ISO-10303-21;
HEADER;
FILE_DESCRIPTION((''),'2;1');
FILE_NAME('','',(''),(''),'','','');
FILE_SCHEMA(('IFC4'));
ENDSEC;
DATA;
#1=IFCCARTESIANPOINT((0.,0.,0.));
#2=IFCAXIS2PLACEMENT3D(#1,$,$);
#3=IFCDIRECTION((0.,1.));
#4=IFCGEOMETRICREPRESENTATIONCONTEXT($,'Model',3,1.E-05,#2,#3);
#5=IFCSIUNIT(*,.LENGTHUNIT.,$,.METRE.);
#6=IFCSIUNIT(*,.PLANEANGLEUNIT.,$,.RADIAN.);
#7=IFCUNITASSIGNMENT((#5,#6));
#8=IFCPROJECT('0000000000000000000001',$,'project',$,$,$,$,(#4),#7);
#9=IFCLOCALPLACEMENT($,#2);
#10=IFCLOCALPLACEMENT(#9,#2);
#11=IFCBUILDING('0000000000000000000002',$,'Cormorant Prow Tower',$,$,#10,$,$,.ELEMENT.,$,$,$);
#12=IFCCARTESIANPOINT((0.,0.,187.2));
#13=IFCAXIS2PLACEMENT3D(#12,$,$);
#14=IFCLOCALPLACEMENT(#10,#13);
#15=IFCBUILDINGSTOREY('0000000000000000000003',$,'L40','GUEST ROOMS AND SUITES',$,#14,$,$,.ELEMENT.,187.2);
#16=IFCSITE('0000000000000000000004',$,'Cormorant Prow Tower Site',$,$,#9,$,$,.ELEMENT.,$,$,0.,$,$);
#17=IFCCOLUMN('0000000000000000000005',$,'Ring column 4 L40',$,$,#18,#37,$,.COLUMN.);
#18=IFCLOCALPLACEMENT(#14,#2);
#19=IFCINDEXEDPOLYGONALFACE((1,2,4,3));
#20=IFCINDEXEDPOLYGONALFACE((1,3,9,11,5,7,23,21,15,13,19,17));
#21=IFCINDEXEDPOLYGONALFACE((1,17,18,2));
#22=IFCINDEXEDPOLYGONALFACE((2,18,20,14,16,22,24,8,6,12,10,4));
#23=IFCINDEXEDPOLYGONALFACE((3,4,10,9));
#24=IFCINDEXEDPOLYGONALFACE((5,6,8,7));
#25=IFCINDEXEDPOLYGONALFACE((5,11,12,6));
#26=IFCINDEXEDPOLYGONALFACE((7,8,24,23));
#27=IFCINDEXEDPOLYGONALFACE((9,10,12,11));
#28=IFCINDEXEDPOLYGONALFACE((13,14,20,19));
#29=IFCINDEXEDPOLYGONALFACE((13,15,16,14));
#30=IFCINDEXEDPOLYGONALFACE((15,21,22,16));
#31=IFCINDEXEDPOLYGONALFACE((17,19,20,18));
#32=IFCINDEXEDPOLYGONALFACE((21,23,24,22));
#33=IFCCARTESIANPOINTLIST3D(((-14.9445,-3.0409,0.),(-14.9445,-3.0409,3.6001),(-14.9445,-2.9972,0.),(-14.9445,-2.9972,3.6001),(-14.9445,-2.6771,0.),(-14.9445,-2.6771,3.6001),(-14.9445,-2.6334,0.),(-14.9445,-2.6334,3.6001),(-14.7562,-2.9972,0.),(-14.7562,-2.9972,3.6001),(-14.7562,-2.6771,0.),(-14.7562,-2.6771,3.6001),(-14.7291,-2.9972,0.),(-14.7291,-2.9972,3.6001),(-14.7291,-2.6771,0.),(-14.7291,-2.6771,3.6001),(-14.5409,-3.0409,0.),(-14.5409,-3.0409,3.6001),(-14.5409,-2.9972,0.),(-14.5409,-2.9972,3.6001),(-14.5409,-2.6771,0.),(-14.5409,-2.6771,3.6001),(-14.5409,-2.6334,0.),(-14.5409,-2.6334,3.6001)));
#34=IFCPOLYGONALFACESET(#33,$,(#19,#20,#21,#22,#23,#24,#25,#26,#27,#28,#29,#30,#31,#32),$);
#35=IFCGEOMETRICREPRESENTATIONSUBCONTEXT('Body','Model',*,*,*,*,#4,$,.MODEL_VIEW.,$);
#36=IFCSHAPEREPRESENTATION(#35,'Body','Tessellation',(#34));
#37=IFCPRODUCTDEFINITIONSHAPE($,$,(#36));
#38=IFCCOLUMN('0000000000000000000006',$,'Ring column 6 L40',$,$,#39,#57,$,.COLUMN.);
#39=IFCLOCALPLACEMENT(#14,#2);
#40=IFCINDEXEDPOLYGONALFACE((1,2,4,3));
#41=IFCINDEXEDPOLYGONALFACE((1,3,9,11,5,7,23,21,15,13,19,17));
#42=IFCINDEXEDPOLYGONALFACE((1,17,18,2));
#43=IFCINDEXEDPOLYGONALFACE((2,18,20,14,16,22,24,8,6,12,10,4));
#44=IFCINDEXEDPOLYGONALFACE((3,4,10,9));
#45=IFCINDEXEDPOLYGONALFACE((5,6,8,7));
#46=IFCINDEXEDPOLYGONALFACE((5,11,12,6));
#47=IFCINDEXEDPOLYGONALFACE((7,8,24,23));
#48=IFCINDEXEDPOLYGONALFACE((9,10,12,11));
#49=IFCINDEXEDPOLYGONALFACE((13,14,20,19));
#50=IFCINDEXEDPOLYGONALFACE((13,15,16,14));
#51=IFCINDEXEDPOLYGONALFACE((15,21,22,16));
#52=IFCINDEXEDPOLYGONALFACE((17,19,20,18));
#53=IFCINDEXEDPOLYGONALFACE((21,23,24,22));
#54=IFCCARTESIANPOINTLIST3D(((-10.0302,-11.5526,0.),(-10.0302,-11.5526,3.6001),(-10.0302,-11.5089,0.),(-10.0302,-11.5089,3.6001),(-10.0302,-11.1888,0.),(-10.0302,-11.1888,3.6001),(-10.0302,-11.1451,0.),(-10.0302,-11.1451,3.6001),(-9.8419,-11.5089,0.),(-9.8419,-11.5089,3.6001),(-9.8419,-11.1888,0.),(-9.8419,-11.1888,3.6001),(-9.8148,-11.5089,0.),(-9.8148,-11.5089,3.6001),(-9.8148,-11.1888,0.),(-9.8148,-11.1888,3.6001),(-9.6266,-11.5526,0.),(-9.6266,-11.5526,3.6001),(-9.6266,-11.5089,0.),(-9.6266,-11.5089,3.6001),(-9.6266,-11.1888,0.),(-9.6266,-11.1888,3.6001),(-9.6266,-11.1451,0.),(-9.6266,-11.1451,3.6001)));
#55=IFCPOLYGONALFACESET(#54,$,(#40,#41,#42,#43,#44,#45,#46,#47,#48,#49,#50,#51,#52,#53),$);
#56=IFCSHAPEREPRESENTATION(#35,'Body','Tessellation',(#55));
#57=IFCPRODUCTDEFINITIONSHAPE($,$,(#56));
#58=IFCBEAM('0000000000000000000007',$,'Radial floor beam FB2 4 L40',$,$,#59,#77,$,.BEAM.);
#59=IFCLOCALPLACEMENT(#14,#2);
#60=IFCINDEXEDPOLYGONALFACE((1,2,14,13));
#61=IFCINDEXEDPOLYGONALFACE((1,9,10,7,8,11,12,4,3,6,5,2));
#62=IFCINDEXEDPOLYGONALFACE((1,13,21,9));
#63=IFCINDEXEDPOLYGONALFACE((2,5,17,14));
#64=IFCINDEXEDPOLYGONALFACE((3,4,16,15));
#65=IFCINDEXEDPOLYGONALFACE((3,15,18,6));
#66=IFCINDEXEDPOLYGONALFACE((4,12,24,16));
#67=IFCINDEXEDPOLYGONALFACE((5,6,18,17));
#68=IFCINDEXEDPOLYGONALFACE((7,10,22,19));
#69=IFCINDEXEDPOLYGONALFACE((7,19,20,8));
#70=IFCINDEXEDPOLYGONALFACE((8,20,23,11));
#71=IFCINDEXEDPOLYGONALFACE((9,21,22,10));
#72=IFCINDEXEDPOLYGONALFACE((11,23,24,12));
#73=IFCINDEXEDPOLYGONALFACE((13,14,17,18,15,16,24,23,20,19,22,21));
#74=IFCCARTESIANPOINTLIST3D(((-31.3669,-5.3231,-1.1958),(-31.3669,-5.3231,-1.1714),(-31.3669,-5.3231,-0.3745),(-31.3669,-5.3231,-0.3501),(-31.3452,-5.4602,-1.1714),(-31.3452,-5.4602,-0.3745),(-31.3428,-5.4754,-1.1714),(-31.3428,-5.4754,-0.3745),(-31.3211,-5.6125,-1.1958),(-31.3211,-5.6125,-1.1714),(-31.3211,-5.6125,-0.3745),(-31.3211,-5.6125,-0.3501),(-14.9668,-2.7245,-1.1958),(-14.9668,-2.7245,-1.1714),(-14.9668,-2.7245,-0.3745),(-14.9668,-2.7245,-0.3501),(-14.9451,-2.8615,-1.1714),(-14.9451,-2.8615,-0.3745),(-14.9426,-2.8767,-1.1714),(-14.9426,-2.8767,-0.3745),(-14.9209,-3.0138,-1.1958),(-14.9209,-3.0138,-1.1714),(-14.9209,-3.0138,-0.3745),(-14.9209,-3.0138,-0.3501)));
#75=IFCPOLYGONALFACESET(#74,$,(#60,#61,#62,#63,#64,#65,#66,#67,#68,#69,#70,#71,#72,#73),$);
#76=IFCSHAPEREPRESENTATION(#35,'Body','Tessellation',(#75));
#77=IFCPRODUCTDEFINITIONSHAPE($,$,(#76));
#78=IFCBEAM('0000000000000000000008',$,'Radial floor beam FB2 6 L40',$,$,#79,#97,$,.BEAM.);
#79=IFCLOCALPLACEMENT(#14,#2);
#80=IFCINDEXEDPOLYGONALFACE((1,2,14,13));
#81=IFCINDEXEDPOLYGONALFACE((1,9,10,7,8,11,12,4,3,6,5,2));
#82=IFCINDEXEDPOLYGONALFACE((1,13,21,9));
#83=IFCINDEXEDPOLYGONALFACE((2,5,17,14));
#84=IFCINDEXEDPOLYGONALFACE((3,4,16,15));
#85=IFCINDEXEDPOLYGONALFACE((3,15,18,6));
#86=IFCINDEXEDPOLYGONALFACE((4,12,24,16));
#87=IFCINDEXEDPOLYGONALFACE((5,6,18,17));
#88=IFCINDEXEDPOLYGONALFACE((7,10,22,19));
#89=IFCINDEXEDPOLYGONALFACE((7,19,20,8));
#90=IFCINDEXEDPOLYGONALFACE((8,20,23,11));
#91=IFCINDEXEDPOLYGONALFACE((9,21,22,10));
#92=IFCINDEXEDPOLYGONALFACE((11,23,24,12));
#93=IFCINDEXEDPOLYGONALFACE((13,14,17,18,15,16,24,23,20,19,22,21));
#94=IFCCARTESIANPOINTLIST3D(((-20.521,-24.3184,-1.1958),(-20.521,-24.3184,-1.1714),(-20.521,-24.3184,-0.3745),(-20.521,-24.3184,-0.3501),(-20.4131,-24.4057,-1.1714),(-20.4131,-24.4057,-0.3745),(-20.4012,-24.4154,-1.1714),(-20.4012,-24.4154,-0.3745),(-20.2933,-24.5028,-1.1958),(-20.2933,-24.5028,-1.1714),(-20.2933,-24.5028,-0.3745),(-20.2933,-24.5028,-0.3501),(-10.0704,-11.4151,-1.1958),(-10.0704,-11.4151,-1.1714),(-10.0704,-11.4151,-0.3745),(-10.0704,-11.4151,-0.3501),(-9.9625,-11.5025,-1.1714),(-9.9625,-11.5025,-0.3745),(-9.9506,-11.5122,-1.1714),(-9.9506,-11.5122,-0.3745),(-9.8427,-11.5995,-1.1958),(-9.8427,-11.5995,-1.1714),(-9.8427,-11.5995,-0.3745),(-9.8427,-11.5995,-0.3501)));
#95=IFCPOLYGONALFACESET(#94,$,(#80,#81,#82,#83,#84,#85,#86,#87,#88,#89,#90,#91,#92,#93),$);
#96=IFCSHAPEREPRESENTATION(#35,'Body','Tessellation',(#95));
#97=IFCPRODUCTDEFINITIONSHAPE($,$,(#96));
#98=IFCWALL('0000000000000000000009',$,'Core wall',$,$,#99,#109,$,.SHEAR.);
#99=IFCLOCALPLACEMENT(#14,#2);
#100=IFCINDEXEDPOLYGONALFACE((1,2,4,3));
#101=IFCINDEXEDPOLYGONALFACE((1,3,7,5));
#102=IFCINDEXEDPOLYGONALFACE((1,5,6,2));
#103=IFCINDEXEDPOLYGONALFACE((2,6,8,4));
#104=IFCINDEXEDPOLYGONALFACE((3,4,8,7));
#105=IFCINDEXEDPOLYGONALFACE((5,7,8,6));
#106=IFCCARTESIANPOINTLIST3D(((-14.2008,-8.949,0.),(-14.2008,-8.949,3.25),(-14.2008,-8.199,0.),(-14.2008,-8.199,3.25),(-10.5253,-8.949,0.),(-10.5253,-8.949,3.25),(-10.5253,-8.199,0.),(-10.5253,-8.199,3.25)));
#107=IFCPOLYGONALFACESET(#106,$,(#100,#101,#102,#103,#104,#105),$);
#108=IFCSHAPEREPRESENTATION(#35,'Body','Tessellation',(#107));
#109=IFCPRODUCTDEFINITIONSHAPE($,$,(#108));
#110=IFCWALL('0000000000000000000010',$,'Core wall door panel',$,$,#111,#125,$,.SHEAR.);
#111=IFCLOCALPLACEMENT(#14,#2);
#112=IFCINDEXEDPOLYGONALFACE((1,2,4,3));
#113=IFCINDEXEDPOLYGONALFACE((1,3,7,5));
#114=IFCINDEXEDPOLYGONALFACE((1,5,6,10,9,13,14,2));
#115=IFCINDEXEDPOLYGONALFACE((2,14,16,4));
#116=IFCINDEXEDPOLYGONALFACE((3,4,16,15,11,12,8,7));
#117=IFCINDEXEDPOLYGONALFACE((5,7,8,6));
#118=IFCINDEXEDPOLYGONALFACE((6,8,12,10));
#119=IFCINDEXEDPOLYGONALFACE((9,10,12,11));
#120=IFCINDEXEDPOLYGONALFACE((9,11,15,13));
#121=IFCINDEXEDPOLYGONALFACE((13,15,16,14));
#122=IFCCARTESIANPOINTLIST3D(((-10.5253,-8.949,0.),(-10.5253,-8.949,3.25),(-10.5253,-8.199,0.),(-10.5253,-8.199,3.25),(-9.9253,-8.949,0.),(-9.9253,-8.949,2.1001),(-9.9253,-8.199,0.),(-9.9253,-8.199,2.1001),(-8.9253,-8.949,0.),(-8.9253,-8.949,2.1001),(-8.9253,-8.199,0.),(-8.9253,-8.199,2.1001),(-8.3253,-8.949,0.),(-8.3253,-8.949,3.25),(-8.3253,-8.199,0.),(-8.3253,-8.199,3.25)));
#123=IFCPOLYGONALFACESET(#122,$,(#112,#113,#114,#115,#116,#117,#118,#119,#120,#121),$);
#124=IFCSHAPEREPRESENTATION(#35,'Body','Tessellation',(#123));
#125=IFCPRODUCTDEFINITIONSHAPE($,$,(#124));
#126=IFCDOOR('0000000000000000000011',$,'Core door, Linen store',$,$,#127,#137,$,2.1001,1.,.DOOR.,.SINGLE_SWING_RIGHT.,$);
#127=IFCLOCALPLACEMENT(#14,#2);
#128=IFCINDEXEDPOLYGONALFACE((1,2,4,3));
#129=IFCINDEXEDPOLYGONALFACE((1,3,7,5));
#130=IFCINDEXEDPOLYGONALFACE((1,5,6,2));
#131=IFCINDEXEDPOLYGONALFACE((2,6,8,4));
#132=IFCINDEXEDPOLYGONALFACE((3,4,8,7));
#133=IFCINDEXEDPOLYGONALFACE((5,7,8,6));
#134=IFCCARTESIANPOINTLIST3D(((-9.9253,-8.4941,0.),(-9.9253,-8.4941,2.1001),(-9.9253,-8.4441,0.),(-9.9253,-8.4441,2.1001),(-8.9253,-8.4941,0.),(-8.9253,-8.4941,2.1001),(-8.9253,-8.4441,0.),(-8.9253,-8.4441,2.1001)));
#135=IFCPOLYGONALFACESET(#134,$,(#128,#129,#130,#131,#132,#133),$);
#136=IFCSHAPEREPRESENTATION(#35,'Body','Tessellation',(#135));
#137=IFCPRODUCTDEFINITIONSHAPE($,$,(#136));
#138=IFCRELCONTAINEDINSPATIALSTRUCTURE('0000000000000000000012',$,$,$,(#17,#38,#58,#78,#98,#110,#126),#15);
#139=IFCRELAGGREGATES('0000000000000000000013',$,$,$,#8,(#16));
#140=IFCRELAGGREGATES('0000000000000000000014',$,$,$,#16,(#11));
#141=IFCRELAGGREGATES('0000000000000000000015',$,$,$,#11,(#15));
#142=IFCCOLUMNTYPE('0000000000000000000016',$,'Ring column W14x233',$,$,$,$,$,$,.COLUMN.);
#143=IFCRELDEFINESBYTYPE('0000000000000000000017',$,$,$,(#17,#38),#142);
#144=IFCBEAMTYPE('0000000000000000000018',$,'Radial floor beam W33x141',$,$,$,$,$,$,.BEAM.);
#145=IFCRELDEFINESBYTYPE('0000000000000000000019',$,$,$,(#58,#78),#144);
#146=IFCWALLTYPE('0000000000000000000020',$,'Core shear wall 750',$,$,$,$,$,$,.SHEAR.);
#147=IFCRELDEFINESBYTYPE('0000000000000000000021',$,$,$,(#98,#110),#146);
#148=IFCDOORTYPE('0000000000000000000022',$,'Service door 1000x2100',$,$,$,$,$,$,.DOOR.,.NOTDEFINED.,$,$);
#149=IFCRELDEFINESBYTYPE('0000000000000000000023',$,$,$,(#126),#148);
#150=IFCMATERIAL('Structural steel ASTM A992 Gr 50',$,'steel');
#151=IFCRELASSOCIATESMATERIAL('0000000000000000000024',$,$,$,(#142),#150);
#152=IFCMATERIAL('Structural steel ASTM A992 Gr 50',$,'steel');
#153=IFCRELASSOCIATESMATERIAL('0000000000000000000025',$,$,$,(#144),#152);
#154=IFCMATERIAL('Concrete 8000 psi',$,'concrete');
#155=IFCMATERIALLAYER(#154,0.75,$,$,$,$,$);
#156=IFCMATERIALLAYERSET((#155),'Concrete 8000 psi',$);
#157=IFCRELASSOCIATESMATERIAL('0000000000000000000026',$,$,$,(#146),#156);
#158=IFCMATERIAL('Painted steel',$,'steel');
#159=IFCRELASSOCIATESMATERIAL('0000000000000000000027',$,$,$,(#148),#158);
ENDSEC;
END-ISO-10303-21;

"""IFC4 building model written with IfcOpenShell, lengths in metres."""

from ifc_helpers import new_model, si_unit, direction, frame, frame_2d, origin, origin_2d, place, context, subcontext, project, spatial, rectangle, i_section, extrude, material, layer, layer_set, material_profile, profile_set, type_object, element, fill, save


model = new_model("IFC4")

# Units and contexts
model_context = context("Model", 3, precision=1e-05, world=origin(), true_north=direction((0.0, 1.0)))
body_context = subcontext(model_context, "Body", "Model", "MODEL_VIEW")
ifc_project = project(units=[si_unit("LENGTHUNIT", "METRE"), si_unit("PLANEANGLEUNIT", "RADIAN")], contexts=[model_context])

# Site, building, storey
site_placement = place(None, origin())
site = spatial("IfcSite", under=ifc_project, at=site_placement, Name="Cormorant Prow Tower Site", CompositionType="ELEMENT", RefElevation=0.0)
building_placement = place(site_placement, origin())
building = spatial("IfcBuilding", under=site, at=building_placement, Name="Cormorant Prow Tower", CompositionType="ELEMENT")
storey_placement = place(building_placement, frame((0.0, 0.0, 187.2)))
storey = spatial("IfcBuildingStorey", under=building, at=storey_placement, Name="L40", Description="GUEST ROOMS AND SUITES", CompositionType="ELEMENT", Elevation=187.2)

# Columns
ifc_material_1 = material(Name="Structural steel ASTM A992 Gr 50", Category="steel")
ifc_material_profile_1 = material_profile(ifc_material_1, i_section(OverallWidth=0.4036, OverallDepth=0.4075, WebThickness=0.0271, FlangeThickness=0.0437, at=origin_2d()), Name="W14x233")
ifc_profile_set_1 = profile_set([ifc_material_profile_1], Name="Structural steel ASTM A992 Gr 50")
column_type = type_object("IfcColumnType", Name="Ring column W14x233", PredefinedType="COLUMN", material=ifc_profile_set_1)
for number, where, z_axis, x_axis, name in (
    (1, (-14.7427, -2.8372, 0.0), (0.0, 0.0, 1.0), (1.0, 0.0, 0.0), "Ring column 4 L40"),
    (2, (-9.8284, -11.3489, 0.0), (0.0, 0.0, 1.0), (1.0, 0.0, 0.0), "Ring column 6 L40"),
):
    element("IfcColumn", number, at=place(storey_placement, frame(where, z_axis=z_axis, x_axis=x_axis)), inside=storey, type_object=column_type, Name=name, PredefinedType="COLUMN", context=body_context, shape_type="SweptSolid", body=[
        extrude(i_section(OverallWidth=0.4036, OverallDepth=0.4075, WebThickness=0.0271, FlangeThickness=0.0437, at=origin_2d()), origin(), (0.0, 0.0, 1.0), 3.6001),
    ])

# Beams
ifc_material_2 = material(Name="Structural steel ASTM A992 Gr 50", Category="steel")
ifc_material_profile_2 = material_profile(ifc_material_2, i_section(OverallWidth=0.293, OverallDepth=0.8457, WebThickness=0.0154, FlangeThickness=0.0244, at=origin_2d()), Name="W33x141")
ifc_profile_set_2 = profile_set([ifc_material_profile_2], Name="Structural steel ASTM A992 Gr 50")
beam_type = type_object("IfcBeamType", Name="Radial floor beam W33x141", PredefinedType="BEAM", material=ifc_profile_set_2)
beam_1_placement = place(storey_placement, frame((-14.9438, -2.8691, -0.7729), z_axis=(-0.987678, -0.156499, 0.0), x_axis=(0.156499, -0.987678, 0.0)))
element("IfcBeam", 3, at=beam_1_placement, inside=storey, type_object=beam_type, Name="Radial floor beam FB2 4 L40", PredefinedType="BEAM", context=body_context, shape_type="SweptSolid", body=[
    extrude(i_section(OverallWidth=0.293, OverallDepth=0.8457, WebThickness=0.0154, FlangeThickness=0.0244, at=origin_2d()), origin(), (0.0, 0.0, 1.0), 16.6047),
])
beam_2_placement = place(storey_placement, frame((-9.9565, -11.5073, -0.7729), z_axis=(-0.629385, -0.777094, 0.0), x_axis=(0.777094, -0.629385, 0.0)))
element("IfcBeam", 4, at=beam_2_placement, inside=storey, type_object=beam_type, Name="Radial floor beam FB2 6 L40", PredefinedType="BEAM", context=body_context, shape_type="SweptSolid", body=[
    extrude(i_section(OverallWidth=0.293, OverallDepth=0.8457, WebThickness=0.0154, FlangeThickness=0.0244, at=origin_2d()), origin(), (0.0, 0.0, 1.0), 16.6045),
])

# Wall
ifc_material_3 = material(Name="Concrete 8000 psi", Category="concrete")
ifc_layer_1 = layer(ifc_material_3, 0.75)
ifc_layer_set_1 = layer_set([ifc_layer_1], Name="Concrete 8000 psi")
wall_type_1 = type_object("IfcWallType", Name="Core shear wall 750", PredefinedType="SHEAR", material=ifc_layer_set_1)
wall_1_placement = place(storey_placement, frame((-14.2009, -8.574, 0.0), z_axis=(0.0, 0.0, 1.0), x_axis=(1.0, 0.0, 0.0)))
element("IfcWall", 5, at=wall_1_placement, inside=storey, type_object=wall_type_1, Name="Core wall", PredefinedType="SHEAR", context=body_context, shape_type="SweptSolid", body=[
    extrude(rectangle(XDim=3.6755, YDim=0.75, at=frame_2d((1.8379, 0.0))), origin(), (0.0, 0.0, 1.0), 3.25),
])

# Wall, opening, door
wall_2_placement = place(storey_placement, frame((-10.5254, -8.574, 0.0), z_axis=(0.0, 0.0, 1.0), x_axis=(1.0, 0.0, 0.0)))
wall_2 = element("IfcWall", 6, at=wall_2_placement, inside=storey, type_object=wall_type_1, Name="Core wall door panel", PredefinedType="SHEAR", context=body_context, shape_type="SweptSolid", body=[
    extrude(rectangle(XDim=2.2, YDim=0.75, at=frame_2d((1.1001, 0.0))), origin(), (0.0, 0.0, 1.0), 3.25),
])
opening_1_placement = place(wall_2_placement, frame((0.6001, 0.0, 0.0)))
opening_1 = element("IfcOpeningElement", 7, at=opening_1_placement, cuts=wall_2, PredefinedType="OPENING", context=body_context, shape_type="SweptSolid", body=[
    extrude(rectangle(XDim=1.0, YDim=2.1001, at=frame_2d((0.5, 1.05))), frame((0.0, 0.385, 0.0), z_axis=(0.0, -1.0, 0.0), x_axis=(1.0, 0.0, 0.0)), (0.0, 0.0, 1.0), 0.77),
])
ifc_material_4 = material(Name="Painted steel", Category="steel")
door_type_1 = type_object("IfcDoorType", Name="Service door 1000x2100", OperationType="NOTDEFINED", PredefinedType="DOOR", material=ifc_material_4)
door_1_placement = place(opening_1_placement, origin())
door_1 = element("IfcDoor", 8, at=door_1_placement, inside=storey, type_object=door_type_1, Name="Core door, Linen store", OperationType="SINGLE_SWING_RIGHT", OverallHeight=2.1001, OverallWidth=1.0, PredefinedType="DOOR", context=body_context, shape_type="SweptSolid", body=[
    extrude(rectangle(XDim=1.0, YDim=2.1001, at=frame_2d((0.5, 1.05))), frame((0.0, 0.1299, 0.0), z_axis=(0.0, -1.0, 0.0), x_axis=(1.0, 0.0, 0.0)), (0.0, 0.0, 1.0), 0.05),
])
fill(opening_1, door_1)

save(model, "model.ifc")
